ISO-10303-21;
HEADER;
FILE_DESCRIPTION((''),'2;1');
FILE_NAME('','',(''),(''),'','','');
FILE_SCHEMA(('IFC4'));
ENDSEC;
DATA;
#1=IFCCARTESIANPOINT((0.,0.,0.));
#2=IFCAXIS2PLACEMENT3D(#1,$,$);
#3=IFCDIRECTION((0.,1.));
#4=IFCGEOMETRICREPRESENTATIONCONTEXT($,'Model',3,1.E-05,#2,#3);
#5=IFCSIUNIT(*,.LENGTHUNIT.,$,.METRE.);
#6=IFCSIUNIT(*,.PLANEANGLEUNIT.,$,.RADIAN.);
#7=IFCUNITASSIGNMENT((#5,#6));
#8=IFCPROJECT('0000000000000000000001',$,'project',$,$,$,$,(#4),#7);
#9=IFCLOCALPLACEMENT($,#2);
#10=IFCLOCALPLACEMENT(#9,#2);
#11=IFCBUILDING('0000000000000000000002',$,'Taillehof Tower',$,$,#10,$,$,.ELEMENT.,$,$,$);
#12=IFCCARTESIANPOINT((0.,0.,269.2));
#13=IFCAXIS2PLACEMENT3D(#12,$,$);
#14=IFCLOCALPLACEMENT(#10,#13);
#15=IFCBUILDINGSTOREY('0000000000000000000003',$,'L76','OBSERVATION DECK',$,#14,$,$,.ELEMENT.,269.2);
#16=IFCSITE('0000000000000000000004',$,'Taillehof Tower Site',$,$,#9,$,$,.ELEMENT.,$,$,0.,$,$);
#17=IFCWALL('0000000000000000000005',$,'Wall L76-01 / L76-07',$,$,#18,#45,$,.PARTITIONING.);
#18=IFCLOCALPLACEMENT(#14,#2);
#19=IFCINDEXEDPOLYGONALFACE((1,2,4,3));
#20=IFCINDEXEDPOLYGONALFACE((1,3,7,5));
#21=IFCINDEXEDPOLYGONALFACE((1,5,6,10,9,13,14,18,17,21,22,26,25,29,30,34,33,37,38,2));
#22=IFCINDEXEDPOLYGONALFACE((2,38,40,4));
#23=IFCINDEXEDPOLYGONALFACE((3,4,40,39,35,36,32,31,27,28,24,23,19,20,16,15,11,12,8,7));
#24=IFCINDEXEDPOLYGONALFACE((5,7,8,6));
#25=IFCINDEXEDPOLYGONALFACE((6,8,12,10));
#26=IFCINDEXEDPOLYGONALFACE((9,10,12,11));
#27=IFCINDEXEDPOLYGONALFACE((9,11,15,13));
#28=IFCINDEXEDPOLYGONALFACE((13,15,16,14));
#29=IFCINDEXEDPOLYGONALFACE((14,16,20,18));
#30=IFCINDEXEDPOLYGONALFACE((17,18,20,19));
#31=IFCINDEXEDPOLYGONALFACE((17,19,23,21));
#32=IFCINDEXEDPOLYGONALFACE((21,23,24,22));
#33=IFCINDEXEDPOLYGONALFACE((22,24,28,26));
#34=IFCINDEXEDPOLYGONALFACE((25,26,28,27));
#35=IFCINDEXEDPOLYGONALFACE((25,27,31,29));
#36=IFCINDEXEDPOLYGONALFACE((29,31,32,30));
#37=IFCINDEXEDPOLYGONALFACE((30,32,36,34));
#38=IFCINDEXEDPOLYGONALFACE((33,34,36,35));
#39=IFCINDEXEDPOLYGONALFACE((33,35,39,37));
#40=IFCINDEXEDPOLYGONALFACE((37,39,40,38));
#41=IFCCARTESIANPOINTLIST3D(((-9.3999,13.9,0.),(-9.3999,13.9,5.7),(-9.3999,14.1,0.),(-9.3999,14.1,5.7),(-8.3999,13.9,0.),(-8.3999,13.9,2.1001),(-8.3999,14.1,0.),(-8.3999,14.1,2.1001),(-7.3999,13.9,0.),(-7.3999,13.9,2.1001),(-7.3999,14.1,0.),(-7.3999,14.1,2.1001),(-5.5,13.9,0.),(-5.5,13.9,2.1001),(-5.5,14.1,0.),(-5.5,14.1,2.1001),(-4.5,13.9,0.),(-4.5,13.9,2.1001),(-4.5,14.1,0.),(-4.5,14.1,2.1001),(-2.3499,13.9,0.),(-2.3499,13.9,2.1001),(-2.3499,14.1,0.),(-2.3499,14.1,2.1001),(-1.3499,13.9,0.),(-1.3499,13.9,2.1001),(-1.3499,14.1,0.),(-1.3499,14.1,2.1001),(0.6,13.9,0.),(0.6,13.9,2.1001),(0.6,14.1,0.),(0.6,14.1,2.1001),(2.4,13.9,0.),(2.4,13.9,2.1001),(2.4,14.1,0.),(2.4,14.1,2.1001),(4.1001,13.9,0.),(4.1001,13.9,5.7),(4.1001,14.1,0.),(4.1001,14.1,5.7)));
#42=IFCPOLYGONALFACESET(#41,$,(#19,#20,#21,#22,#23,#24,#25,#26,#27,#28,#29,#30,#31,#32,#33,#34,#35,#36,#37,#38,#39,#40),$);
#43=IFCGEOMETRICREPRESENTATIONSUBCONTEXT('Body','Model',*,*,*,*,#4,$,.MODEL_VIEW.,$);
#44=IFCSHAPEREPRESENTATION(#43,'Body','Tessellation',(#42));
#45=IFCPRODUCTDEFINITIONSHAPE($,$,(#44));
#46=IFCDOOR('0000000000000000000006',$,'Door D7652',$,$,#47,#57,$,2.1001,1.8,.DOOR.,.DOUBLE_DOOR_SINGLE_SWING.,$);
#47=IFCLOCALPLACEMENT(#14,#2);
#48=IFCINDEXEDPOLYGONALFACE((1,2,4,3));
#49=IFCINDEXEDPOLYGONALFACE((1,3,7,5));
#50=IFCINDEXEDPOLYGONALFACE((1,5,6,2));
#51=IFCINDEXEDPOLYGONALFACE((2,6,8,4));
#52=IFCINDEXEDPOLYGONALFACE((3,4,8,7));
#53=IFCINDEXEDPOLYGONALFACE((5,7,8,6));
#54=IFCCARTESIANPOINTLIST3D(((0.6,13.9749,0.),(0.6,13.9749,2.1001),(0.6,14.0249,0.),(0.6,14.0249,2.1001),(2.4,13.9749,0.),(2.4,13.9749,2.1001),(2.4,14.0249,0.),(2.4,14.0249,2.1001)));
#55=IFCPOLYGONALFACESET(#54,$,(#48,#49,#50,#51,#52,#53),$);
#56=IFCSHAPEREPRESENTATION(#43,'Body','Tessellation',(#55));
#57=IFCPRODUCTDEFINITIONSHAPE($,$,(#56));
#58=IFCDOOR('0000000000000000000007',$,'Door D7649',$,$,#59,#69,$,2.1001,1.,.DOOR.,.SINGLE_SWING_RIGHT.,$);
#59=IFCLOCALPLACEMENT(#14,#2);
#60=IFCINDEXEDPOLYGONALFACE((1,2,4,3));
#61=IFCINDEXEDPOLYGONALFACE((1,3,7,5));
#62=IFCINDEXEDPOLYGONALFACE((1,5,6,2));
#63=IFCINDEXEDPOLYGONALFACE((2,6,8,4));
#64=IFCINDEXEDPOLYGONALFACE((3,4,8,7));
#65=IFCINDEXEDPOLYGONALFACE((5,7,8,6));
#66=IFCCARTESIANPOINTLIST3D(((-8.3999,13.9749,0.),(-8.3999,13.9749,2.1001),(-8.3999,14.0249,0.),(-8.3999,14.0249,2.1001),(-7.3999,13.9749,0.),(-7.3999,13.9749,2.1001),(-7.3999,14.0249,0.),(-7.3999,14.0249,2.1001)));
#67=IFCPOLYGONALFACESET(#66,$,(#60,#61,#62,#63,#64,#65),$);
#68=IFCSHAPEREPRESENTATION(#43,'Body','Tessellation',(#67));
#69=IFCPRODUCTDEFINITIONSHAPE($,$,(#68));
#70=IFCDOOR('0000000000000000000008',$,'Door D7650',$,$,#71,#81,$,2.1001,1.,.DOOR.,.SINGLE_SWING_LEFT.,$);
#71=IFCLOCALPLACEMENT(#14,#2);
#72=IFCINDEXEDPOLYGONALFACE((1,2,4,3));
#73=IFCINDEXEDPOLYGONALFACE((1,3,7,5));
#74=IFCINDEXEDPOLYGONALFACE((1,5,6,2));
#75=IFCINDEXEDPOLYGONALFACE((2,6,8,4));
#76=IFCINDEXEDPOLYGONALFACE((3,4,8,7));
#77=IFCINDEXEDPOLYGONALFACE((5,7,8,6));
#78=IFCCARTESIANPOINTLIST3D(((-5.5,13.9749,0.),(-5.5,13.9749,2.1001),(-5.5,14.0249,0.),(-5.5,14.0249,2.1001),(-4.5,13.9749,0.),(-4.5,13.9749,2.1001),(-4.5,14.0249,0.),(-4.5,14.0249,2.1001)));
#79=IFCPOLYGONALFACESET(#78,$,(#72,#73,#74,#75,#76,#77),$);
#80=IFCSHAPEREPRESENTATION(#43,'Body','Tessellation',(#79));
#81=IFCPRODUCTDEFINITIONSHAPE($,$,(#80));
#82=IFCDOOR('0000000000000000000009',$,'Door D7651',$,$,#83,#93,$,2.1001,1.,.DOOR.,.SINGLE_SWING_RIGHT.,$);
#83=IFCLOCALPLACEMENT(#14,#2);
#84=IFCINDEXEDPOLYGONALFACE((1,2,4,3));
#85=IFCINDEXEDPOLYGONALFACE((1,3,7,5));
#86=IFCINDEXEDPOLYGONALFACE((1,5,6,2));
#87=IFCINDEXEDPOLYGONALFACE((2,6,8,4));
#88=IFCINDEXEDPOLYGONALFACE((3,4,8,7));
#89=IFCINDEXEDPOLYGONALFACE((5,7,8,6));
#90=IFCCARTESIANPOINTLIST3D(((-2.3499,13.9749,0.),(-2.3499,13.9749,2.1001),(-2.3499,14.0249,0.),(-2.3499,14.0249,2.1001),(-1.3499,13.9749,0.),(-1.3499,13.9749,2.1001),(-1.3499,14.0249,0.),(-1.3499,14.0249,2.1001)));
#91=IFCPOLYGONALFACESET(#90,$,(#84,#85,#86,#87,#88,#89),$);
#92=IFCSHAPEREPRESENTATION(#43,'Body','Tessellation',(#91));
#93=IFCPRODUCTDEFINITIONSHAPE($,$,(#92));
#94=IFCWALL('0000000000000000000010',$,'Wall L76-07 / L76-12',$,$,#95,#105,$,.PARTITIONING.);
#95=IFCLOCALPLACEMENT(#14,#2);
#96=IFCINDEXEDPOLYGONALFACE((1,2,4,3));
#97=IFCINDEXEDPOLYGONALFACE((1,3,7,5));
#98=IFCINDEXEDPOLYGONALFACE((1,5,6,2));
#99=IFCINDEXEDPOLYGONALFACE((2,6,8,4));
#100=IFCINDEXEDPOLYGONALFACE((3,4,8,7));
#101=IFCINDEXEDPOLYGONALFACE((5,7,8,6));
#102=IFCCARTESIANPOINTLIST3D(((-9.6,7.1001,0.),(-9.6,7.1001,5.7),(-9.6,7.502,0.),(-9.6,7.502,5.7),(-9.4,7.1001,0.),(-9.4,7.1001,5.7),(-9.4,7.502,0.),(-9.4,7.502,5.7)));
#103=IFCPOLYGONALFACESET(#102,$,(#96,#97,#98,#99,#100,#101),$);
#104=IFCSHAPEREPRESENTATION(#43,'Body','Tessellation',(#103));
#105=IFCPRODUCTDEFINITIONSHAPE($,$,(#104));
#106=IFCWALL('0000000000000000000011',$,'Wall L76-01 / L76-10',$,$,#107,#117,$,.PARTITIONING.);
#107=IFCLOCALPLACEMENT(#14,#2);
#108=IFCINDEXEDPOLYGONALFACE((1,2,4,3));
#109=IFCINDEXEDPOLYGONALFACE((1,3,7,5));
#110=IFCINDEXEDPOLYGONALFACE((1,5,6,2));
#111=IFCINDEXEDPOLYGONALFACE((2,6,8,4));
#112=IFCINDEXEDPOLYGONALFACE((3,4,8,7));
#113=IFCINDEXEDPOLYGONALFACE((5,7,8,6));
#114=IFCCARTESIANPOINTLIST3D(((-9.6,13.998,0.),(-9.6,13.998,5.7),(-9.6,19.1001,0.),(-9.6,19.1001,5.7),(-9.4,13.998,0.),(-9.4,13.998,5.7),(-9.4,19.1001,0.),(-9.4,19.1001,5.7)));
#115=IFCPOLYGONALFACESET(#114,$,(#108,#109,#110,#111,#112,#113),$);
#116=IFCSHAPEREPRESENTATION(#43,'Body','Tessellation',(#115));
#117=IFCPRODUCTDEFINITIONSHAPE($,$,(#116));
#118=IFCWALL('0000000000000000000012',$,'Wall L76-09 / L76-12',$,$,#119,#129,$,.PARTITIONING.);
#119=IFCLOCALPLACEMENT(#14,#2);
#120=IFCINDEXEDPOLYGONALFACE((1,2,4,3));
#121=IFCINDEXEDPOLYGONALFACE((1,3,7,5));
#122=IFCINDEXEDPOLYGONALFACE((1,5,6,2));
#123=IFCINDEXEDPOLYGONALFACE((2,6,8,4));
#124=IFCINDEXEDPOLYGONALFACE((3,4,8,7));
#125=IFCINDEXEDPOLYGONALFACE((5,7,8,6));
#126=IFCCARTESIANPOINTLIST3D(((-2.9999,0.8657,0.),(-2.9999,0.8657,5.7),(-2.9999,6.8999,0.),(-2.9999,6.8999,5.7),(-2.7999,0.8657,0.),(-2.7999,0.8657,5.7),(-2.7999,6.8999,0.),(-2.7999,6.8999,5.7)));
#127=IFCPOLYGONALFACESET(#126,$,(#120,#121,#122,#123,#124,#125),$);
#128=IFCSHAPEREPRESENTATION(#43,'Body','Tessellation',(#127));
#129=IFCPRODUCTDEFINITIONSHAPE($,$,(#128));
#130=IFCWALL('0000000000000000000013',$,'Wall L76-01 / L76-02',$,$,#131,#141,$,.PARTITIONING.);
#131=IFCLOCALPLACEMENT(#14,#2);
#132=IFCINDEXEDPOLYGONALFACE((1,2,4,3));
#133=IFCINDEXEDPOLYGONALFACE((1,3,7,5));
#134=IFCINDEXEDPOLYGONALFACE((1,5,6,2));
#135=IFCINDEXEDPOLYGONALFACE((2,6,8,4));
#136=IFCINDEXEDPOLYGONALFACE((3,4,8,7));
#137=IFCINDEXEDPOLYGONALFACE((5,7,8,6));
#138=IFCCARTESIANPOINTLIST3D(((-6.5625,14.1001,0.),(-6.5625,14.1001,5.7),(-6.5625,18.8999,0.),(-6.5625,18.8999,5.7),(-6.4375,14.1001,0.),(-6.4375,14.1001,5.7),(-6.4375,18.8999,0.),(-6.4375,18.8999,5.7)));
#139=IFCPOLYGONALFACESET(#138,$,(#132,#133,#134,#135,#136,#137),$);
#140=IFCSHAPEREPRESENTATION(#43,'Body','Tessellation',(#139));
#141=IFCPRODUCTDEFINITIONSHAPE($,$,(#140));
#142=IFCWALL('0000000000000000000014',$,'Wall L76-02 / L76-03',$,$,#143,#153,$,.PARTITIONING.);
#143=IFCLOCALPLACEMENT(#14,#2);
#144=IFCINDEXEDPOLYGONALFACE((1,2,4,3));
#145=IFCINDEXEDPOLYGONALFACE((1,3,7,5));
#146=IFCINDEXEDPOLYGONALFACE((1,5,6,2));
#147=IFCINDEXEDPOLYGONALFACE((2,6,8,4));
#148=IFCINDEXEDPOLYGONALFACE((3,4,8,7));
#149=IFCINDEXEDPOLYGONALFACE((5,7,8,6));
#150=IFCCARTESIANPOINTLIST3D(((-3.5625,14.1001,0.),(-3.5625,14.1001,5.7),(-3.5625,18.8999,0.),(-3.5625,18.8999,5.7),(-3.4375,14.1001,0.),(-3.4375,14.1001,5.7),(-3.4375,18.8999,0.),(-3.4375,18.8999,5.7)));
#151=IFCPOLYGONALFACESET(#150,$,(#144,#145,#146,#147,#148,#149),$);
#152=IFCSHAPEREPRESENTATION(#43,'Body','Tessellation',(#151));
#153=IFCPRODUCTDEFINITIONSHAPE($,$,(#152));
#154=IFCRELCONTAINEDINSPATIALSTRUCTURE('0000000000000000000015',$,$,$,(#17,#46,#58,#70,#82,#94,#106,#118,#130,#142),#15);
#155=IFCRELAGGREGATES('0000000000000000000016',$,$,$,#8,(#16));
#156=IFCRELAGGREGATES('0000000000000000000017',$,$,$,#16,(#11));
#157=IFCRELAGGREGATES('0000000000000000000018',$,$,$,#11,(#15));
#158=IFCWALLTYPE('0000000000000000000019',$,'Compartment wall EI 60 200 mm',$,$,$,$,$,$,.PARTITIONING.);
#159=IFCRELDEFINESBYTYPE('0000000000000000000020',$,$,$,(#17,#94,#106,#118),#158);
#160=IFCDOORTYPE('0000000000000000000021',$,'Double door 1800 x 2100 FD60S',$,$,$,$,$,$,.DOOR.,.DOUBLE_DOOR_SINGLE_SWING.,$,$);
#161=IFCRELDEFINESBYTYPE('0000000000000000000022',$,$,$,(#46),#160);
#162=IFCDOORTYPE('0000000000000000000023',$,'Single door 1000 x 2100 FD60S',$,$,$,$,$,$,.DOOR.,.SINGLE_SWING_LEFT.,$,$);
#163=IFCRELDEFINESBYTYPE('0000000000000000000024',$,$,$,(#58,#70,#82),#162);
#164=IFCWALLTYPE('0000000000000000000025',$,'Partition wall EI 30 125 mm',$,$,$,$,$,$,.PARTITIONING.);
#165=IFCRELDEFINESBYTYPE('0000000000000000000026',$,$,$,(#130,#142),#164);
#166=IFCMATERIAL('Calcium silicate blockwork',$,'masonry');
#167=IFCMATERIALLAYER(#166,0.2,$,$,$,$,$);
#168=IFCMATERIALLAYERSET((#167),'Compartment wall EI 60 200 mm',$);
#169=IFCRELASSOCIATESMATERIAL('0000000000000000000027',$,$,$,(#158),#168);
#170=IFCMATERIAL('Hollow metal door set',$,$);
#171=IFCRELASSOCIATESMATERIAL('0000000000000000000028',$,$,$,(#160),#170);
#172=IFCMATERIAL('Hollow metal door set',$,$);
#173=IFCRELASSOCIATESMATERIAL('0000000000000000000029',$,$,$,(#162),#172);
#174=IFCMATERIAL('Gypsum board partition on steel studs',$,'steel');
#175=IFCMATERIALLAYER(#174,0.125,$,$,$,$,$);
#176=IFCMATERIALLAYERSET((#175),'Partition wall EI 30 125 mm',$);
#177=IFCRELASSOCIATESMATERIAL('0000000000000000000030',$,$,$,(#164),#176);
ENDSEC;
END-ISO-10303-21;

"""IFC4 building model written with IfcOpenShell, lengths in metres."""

from ifc_helpers import new_model, si_unit, direction, frame, frame_2d, origin, place, context, subcontext, project, spatial, rectangle, extrude, material, layer, layer_set, type_object, element, fill, save


model = new_model("IFC4")

# Units and contexts
model_context = context("Model", 3, precision=1e-05, world=origin(), true_north=direction((0.0, 1.0)))
body_context = subcontext(model_context, "Body", "Model", "MODEL_VIEW")
ifc_project = project(units=[si_unit("LENGTHUNIT", "METRE"), si_unit("PLANEANGLEUNIT", "RADIAN")], contexts=[model_context])

# Site, building, storey
site_placement = place(None, origin())
site = spatial("IfcSite", under=ifc_project, at=site_placement, Name="Taillehof Tower Site", CompositionType="ELEMENT", RefElevation=0.0)
building_placement = place(site_placement, origin())
building = spatial("IfcBuilding", under=site, at=building_placement, Name="Taillehof Tower", CompositionType="ELEMENT")
storey_placement = place(building_placement, frame((0.0, 0.0, 269.2)))
storey = spatial("IfcBuildingStorey", under=building, at=storey_placement, Name="L76", Description="OBSERVATION DECK", CompositionType="ELEMENT", Elevation=269.2)

# Shared definitions
ifc_material_1 = material(Name="Calcium silicate blockwork", Category="masonry")
ifc_layer_1 = layer(ifc_material_1, 0.2)
ifc_layer_set_1 = layer_set([ifc_layer_1], Name="Compartment wall EI 60 200 mm")
wall_type_1 = type_object("IfcWallType", Name="Compartment wall EI 60 200 mm", PredefinedType="PARTITIONING", material=ifc_layer_set_1)
ifc_material_2 = material(Name="Hollow metal door set")
door_type_1 = type_object("IfcDoorType", Name="Double door 1800 x 2100 FD60S", OperationType="DOUBLE_DOOR_SINGLE_SWING", PredefinedType="DOOR", material=ifc_material_2)

# Wall, openings, doors
wall_1_placement = place(storey_placement, frame((-9.3999, 14.0, 0.0), z_axis=(0.0, 0.0, 1.0), x_axis=(1.0, 0.0, 0.0)))
wall_1 = element("IfcWall", 1, at=wall_1_placement, inside=storey, type_object=wall_type_1, Name="Wall L76-01 / L76-07", PredefinedType="PARTITIONING", context=body_context, shape_type="SweptSolid", body=[
    extrude(rectangle(XDim=13.5, YDim=0.2, at=frame_2d((6.75, 0.0))), origin(), (0.0, 0.0, 1.0), 5.7),
])
opening_1_placement = place(wall_1_placement, frame((10.0, 0.0, 0.0)))
opening_1 = element("IfcOpeningElement", 2, at=opening_1_placement, cuts=wall_1, PredefinedType="OPENING", context=body_context, shape_type="SweptSolid", body=[
    extrude(rectangle(XDim=1.8, YDim=2.1001, at=frame_2d((0.8999, 1.05))), frame((0.0, 0.1099, 0.0), z_axis=(0.0, -1.0, 0.0), x_axis=(1.0, 0.0, 0.0)), (0.0, 0.0, 1.0), 0.22),
])
opening_2_placement = place(wall_1_placement, frame((1.0, 0.0, 0.0)))
opening_2 = element("IfcOpeningElement", 3, at=opening_2_placement, cuts=wall_1, PredefinedType="OPENING", context=body_context, shape_type="SweptSolid", body=[
    extrude(rectangle(XDim=1.0, YDim=2.1001, at=frame_2d((0.5, 1.05))), frame((0.0, 0.1099, 0.0), z_axis=(0.0, -1.0, 0.0), x_axis=(1.0, 0.0, 0.0)), (0.0, 0.0, 1.0), 0.22),
])
opening_3_placement = place(wall_1_placement, frame((3.8999, 0.0, 0.0)))
opening_3 = element("IfcOpeningElement", 4, at=opening_3_placement, cuts=wall_1, PredefinedType="OPENING", context=body_context, shape_type="SweptSolid", body=[
    extrude(rectangle(XDim=1.0, YDim=2.1001, at=frame_2d((0.5, 1.05))), frame((0.0, 0.1099, 0.0), z_axis=(0.0, -1.0, 0.0), x_axis=(1.0, 0.0, 0.0)), (0.0, 0.0, 1.0), 0.22),
])
opening_4_placement = place(wall_1_placement, frame((7.05, 0.0, 0.0)))
opening_4 = element("IfcOpeningElement", 5, at=opening_4_placement, cuts=wall_1, PredefinedType="OPENING", context=body_context, shape_type="SweptSolid", body=[
    extrude(rectangle(XDim=1.0, YDim=2.1001, at=frame_2d((0.5, 1.05))), frame((0.0, 0.1099, 0.0), z_axis=(0.0, -1.0, 0.0), x_axis=(1.0, 0.0, 0.0)), (0.0, 0.0, 1.0), 0.22),
])
door_1_placement = place(opening_1_placement, origin())
door_1 = element("IfcDoor", 6, at=door_1_placement, inside=storey, type_object=door_type_1, Name="Door D7652", OperationType="DOUBLE_DOOR_SINGLE_SWING", OverallHeight=2.1001, OverallWidth=1.8, PredefinedType="DOOR", context=body_context, shape_type="SweptSolid", body=[
    extrude(rectangle(XDim=1.8, YDim=2.1001, at=frame_2d((0.8999, 1.05))), frame((0.0, 0.0249, 0.0), z_axis=(0.0, -1.0, 0.0), x_axis=(1.0, 0.0, 0.0)), (0.0, 0.0, 1.0), 0.05),
])
fill(opening_1, door_1)
ifc_material_3 = material(Name="Hollow metal door set")
door_type_2 = type_object("IfcDoorType", Name="Single door 1000 x 2100 FD60S", OperationType="SINGLE_SWING_LEFT", PredefinedType="DOOR", material=ifc_material_3)
door_2_placement = place(opening_2_placement, origin())
door_2 = element("IfcDoor", 7, at=door_2_placement, inside=storey, type_object=door_type_2, Name="Door D7649", OperationType="SINGLE_SWING_RIGHT", OverallHeight=2.1001, OverallWidth=1.0, PredefinedType="DOOR", context=body_context, shape_type="SweptSolid", body=[
    extrude(rectangle(XDim=1.0, YDim=2.1001, at=frame_2d((0.5, 1.05))), frame((0.0, 0.0249, 0.0), z_axis=(0.0, -1.0, 0.0), x_axis=(1.0, 0.0, 0.0)), (0.0, 0.0, 1.0), 0.05),
])
fill(opening_2, door_2)
door_3_placement = place(opening_3_placement, origin())
door_3 = element("IfcDoor", 8, at=door_3_placement, inside=storey, type_object=door_type_2, Name="Door D7650", OperationType="SINGLE_SWING_LEFT", OverallHeight=2.1001, OverallWidth=1.0, PredefinedType="DOOR", context=body_context, shape_type="SweptSolid", body=[
    extrude(rectangle(XDim=1.0, YDim=2.1001, at=frame_2d((0.5, 1.05))), frame((0.0, 0.0249, 0.0), z_axis=(0.0, -1.0, 0.0), x_axis=(1.0, 0.0, 0.0)), (0.0, 0.0, 1.0), 0.05),
])
fill(opening_3, door_3)
door_4_placement = place(opening_4_placement, origin())
door_4 = element("IfcDoor", 9, at=door_4_placement, inside=storey, type_object=door_type_2, Name="Door D7651", OperationType="SINGLE_SWING_RIGHT", OverallHeight=2.1001, OverallWidth=1.0, PredefinedType="DOOR", context=body_context, shape_type="SweptSolid", body=[
    extrude(rectangle(XDim=1.0, YDim=2.1001, at=frame_2d((0.5, 1.05))), frame((0.0, 0.0249, 0.0), z_axis=(0.0, -1.0, 0.0), x_axis=(1.0, 0.0, 0.0)), (0.0, 0.0, 1.0), 0.05),
])
fill(opening_4, door_4)

# Walls
wall_2_placement = place(storey_placement, frame((-9.5, 7.1001, 0.0), z_axis=(0.0, 0.0, 1.0), x_axis=(0.0, 1.0, 0.0)))
element("IfcWall", 10, at=wall_2_placement, inside=storey, type_object=wall_type_1, Name="Wall L76-07 / L76-12", PredefinedType="PARTITIONING", context=body_context, shape_type="SweptSolid", body=[
    extrude(rectangle(XDim=0.4019, YDim=0.2, at=frame_2d((0.2009, 0.0))), origin(), (0.0, 0.0, 1.0), 5.7),
])
wall_3_placement = place(storey_placement, frame((-9.5, 13.998, 0.0), z_axis=(0.0, 0.0, 1.0), x_axis=(0.0, 1.0, 0.0)))
element("IfcWall", 11, at=wall_3_placement, inside=storey, type_object=wall_type_1, Name="Wall L76-01 / L76-10", PredefinedType="PARTITIONING", context=body_context, shape_type="SweptSolid", body=[
    extrude(rectangle(XDim=5.1021, YDim=0.2, at=frame_2d((2.551, 0.0))), origin(), (0.0, 0.0, 1.0), 5.7),
])
wall_4_placement = place(storey_placement, frame((-2.8999, 0.8657, 0.0), z_axis=(0.0, 0.0, 1.0), x_axis=(0.0, 1.0, 0.0)))
element("IfcWall", 12, at=wall_4_placement, inside=storey, type_object=wall_type_1, Name="Wall L76-09 / L76-12", PredefinedType="PARTITIONING", context=body_context, shape_type="SweptSolid", body=[
    extrude(rectangle(XDim=6.0342, YDim=0.2, at=frame_2d((3.0171, 0.0))), origin(), (0.0, 0.0, 1.0), 5.7),
])
ifc_material_4 = material(Name="Gypsum board partition on steel studs", Category="steel")
ifc_layer_2 = layer(ifc_material_4, 0.125)
ifc_layer_set_2 = layer_set([ifc_layer_2], Name="Partition wall EI 30 125 mm")
wall_type_2 = type_object("IfcWallType", Name="Partition wall EI 30 125 mm", PredefinedType="PARTITIONING", material=ifc_layer_set_2)
for number, where, z_axis, x_axis, name in (
    (13, (-6.5, 14.1001, 0.0), (0.0, 0.0, 1.0), (0.0, 1.0, 0.0), "Wall L76-01 / L76-02"),
    (14, (-3.5, 14.1001, 0.0), (0.0, 0.0, 1.0), (0.0, 1.0, 0.0), "Wall L76-02 / L76-03"),
):
    element("IfcWall", number, at=place(storey_placement, frame(where, z_axis=z_axis, x_axis=x_axis)), inside=storey, type_object=wall_type_2, Name=name, PredefinedType="PARTITIONING", context=body_context, shape_type="SweptSolid", body=[
        extrude(rectangle(XDim=4.7998, YDim=0.125, at=frame_2d((2.3999, 0.0))), origin(), (0.0, 0.0, 1.0), 5.7),
    ])

save(model, "model.ifc")
